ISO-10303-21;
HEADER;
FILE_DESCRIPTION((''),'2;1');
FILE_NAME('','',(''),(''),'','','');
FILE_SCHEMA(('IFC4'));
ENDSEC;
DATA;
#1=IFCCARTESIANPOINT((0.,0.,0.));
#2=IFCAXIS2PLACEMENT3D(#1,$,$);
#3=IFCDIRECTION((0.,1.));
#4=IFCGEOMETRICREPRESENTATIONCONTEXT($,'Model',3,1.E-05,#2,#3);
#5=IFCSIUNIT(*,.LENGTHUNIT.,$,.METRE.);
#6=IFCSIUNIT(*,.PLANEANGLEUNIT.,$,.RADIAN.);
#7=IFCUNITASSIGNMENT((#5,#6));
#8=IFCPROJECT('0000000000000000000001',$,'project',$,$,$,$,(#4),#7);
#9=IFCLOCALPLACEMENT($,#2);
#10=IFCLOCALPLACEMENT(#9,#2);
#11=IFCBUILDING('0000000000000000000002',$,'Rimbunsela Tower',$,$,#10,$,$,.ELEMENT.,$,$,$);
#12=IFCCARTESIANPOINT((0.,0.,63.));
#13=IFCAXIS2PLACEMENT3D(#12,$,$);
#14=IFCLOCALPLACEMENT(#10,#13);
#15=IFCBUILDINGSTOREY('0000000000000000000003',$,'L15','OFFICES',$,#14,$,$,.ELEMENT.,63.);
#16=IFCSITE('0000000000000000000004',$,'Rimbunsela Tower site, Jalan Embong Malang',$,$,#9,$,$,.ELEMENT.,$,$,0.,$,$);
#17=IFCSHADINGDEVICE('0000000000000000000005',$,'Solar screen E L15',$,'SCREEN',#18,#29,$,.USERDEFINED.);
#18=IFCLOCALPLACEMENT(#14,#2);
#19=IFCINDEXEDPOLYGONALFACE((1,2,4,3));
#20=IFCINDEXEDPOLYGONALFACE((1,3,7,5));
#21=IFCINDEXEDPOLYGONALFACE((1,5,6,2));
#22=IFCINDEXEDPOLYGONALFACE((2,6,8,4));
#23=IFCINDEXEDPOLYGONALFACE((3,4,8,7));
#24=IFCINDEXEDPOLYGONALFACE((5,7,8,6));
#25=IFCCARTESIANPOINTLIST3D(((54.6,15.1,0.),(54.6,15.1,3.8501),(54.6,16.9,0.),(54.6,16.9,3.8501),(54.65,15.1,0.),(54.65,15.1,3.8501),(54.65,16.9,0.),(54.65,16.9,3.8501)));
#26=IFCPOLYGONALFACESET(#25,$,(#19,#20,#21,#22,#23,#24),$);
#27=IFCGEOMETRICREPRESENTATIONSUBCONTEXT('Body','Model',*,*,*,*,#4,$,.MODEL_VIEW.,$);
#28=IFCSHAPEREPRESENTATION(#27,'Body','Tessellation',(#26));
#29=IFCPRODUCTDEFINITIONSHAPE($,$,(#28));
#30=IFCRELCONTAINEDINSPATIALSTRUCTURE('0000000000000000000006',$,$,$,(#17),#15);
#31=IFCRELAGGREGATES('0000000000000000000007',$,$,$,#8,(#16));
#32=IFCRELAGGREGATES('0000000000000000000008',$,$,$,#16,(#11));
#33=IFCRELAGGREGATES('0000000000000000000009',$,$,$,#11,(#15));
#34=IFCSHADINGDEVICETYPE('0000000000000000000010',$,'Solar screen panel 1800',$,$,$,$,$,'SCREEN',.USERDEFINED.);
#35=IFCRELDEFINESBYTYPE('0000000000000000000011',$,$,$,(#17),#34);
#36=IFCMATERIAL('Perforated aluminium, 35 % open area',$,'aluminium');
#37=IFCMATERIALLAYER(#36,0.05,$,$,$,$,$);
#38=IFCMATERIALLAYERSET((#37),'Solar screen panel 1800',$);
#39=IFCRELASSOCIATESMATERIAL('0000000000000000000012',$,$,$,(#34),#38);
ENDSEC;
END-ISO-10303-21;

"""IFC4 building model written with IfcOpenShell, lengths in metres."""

from ifc_helpers import new_model, si_unit, direction, frame, origin, origin_2d, place, context, subcontext, project, spatial, rectangle, extrude, material, layer, layer_set, type_object, element, save


model = new_model("IFC4")

# Units and contexts
model_context = context("Model", 3, precision=1e-05, world=origin(), true_north=direction((0.0, 1.0)))
body_context = subcontext(model_context, "Body", "Model", "MODEL_VIEW")
ifc_project = project(units=[si_unit("LENGTHUNIT", "METRE"), si_unit("PLANEANGLEUNIT", "RADIAN")], contexts=[model_context])

# Site, building, storey
site_placement = place(None, origin())
site = spatial("IfcSite", under=ifc_project, at=site_placement, Name="Rimbunsela Tower site, Jalan Embong Malang", CompositionType="ELEMENT", RefElevation=0.0)
building_placement = place(site_placement, origin())
building = spatial("IfcBuilding", under=site, at=building_placement, Name="Rimbunsela Tower", CompositionType="ELEMENT")
storey_placement = place(building_placement, frame((0.0, 0.0, 63.0)))
storey = spatial("IfcBuildingStorey", under=building, at=storey_placement, Name="L15", Description="OFFICES", CompositionType="ELEMENT", Elevation=63.0)

# Shading device
ifc_material_1 = material(Name="Perforated aluminium, 35 % open area", Category="aluminium")
ifc_layer_1 = layer(ifc_material_1, 0.05)
ifc_layer_set_1 = layer_set([ifc_layer_1], Name="Solar screen panel 1800")
shading_device_type = type_object("IfcShadingDeviceType", Name="Solar screen panel 1800", ElementType="SCREEN", PredefinedType="USERDEFINED", material=ifc_layer_set_1)
for number, where, z_axis, x_axis, name in (
    (1, (54.625, 16.0, 0.0), (0.0, 0.0, 1.0), (0.0, 1.0, 0.0), "Solar screen E L15"),
):
    element("IfcShadingDevice", number, at=place(storey_placement, frame(where, z_axis=z_axis, x_axis=x_axis)), inside=storey, type_object=shading_device_type, Name=name, ObjectType="SCREEN", PredefinedType="USERDEFINED", context=body_context, shape_type="SweptSolid", body=[
        extrude(rectangle(XDim=1.8, YDim=0.05, at=origin_2d()), origin(), (0.0, 0.0, 1.0), 3.8501),
    ])

save(model, "model.ifc")
